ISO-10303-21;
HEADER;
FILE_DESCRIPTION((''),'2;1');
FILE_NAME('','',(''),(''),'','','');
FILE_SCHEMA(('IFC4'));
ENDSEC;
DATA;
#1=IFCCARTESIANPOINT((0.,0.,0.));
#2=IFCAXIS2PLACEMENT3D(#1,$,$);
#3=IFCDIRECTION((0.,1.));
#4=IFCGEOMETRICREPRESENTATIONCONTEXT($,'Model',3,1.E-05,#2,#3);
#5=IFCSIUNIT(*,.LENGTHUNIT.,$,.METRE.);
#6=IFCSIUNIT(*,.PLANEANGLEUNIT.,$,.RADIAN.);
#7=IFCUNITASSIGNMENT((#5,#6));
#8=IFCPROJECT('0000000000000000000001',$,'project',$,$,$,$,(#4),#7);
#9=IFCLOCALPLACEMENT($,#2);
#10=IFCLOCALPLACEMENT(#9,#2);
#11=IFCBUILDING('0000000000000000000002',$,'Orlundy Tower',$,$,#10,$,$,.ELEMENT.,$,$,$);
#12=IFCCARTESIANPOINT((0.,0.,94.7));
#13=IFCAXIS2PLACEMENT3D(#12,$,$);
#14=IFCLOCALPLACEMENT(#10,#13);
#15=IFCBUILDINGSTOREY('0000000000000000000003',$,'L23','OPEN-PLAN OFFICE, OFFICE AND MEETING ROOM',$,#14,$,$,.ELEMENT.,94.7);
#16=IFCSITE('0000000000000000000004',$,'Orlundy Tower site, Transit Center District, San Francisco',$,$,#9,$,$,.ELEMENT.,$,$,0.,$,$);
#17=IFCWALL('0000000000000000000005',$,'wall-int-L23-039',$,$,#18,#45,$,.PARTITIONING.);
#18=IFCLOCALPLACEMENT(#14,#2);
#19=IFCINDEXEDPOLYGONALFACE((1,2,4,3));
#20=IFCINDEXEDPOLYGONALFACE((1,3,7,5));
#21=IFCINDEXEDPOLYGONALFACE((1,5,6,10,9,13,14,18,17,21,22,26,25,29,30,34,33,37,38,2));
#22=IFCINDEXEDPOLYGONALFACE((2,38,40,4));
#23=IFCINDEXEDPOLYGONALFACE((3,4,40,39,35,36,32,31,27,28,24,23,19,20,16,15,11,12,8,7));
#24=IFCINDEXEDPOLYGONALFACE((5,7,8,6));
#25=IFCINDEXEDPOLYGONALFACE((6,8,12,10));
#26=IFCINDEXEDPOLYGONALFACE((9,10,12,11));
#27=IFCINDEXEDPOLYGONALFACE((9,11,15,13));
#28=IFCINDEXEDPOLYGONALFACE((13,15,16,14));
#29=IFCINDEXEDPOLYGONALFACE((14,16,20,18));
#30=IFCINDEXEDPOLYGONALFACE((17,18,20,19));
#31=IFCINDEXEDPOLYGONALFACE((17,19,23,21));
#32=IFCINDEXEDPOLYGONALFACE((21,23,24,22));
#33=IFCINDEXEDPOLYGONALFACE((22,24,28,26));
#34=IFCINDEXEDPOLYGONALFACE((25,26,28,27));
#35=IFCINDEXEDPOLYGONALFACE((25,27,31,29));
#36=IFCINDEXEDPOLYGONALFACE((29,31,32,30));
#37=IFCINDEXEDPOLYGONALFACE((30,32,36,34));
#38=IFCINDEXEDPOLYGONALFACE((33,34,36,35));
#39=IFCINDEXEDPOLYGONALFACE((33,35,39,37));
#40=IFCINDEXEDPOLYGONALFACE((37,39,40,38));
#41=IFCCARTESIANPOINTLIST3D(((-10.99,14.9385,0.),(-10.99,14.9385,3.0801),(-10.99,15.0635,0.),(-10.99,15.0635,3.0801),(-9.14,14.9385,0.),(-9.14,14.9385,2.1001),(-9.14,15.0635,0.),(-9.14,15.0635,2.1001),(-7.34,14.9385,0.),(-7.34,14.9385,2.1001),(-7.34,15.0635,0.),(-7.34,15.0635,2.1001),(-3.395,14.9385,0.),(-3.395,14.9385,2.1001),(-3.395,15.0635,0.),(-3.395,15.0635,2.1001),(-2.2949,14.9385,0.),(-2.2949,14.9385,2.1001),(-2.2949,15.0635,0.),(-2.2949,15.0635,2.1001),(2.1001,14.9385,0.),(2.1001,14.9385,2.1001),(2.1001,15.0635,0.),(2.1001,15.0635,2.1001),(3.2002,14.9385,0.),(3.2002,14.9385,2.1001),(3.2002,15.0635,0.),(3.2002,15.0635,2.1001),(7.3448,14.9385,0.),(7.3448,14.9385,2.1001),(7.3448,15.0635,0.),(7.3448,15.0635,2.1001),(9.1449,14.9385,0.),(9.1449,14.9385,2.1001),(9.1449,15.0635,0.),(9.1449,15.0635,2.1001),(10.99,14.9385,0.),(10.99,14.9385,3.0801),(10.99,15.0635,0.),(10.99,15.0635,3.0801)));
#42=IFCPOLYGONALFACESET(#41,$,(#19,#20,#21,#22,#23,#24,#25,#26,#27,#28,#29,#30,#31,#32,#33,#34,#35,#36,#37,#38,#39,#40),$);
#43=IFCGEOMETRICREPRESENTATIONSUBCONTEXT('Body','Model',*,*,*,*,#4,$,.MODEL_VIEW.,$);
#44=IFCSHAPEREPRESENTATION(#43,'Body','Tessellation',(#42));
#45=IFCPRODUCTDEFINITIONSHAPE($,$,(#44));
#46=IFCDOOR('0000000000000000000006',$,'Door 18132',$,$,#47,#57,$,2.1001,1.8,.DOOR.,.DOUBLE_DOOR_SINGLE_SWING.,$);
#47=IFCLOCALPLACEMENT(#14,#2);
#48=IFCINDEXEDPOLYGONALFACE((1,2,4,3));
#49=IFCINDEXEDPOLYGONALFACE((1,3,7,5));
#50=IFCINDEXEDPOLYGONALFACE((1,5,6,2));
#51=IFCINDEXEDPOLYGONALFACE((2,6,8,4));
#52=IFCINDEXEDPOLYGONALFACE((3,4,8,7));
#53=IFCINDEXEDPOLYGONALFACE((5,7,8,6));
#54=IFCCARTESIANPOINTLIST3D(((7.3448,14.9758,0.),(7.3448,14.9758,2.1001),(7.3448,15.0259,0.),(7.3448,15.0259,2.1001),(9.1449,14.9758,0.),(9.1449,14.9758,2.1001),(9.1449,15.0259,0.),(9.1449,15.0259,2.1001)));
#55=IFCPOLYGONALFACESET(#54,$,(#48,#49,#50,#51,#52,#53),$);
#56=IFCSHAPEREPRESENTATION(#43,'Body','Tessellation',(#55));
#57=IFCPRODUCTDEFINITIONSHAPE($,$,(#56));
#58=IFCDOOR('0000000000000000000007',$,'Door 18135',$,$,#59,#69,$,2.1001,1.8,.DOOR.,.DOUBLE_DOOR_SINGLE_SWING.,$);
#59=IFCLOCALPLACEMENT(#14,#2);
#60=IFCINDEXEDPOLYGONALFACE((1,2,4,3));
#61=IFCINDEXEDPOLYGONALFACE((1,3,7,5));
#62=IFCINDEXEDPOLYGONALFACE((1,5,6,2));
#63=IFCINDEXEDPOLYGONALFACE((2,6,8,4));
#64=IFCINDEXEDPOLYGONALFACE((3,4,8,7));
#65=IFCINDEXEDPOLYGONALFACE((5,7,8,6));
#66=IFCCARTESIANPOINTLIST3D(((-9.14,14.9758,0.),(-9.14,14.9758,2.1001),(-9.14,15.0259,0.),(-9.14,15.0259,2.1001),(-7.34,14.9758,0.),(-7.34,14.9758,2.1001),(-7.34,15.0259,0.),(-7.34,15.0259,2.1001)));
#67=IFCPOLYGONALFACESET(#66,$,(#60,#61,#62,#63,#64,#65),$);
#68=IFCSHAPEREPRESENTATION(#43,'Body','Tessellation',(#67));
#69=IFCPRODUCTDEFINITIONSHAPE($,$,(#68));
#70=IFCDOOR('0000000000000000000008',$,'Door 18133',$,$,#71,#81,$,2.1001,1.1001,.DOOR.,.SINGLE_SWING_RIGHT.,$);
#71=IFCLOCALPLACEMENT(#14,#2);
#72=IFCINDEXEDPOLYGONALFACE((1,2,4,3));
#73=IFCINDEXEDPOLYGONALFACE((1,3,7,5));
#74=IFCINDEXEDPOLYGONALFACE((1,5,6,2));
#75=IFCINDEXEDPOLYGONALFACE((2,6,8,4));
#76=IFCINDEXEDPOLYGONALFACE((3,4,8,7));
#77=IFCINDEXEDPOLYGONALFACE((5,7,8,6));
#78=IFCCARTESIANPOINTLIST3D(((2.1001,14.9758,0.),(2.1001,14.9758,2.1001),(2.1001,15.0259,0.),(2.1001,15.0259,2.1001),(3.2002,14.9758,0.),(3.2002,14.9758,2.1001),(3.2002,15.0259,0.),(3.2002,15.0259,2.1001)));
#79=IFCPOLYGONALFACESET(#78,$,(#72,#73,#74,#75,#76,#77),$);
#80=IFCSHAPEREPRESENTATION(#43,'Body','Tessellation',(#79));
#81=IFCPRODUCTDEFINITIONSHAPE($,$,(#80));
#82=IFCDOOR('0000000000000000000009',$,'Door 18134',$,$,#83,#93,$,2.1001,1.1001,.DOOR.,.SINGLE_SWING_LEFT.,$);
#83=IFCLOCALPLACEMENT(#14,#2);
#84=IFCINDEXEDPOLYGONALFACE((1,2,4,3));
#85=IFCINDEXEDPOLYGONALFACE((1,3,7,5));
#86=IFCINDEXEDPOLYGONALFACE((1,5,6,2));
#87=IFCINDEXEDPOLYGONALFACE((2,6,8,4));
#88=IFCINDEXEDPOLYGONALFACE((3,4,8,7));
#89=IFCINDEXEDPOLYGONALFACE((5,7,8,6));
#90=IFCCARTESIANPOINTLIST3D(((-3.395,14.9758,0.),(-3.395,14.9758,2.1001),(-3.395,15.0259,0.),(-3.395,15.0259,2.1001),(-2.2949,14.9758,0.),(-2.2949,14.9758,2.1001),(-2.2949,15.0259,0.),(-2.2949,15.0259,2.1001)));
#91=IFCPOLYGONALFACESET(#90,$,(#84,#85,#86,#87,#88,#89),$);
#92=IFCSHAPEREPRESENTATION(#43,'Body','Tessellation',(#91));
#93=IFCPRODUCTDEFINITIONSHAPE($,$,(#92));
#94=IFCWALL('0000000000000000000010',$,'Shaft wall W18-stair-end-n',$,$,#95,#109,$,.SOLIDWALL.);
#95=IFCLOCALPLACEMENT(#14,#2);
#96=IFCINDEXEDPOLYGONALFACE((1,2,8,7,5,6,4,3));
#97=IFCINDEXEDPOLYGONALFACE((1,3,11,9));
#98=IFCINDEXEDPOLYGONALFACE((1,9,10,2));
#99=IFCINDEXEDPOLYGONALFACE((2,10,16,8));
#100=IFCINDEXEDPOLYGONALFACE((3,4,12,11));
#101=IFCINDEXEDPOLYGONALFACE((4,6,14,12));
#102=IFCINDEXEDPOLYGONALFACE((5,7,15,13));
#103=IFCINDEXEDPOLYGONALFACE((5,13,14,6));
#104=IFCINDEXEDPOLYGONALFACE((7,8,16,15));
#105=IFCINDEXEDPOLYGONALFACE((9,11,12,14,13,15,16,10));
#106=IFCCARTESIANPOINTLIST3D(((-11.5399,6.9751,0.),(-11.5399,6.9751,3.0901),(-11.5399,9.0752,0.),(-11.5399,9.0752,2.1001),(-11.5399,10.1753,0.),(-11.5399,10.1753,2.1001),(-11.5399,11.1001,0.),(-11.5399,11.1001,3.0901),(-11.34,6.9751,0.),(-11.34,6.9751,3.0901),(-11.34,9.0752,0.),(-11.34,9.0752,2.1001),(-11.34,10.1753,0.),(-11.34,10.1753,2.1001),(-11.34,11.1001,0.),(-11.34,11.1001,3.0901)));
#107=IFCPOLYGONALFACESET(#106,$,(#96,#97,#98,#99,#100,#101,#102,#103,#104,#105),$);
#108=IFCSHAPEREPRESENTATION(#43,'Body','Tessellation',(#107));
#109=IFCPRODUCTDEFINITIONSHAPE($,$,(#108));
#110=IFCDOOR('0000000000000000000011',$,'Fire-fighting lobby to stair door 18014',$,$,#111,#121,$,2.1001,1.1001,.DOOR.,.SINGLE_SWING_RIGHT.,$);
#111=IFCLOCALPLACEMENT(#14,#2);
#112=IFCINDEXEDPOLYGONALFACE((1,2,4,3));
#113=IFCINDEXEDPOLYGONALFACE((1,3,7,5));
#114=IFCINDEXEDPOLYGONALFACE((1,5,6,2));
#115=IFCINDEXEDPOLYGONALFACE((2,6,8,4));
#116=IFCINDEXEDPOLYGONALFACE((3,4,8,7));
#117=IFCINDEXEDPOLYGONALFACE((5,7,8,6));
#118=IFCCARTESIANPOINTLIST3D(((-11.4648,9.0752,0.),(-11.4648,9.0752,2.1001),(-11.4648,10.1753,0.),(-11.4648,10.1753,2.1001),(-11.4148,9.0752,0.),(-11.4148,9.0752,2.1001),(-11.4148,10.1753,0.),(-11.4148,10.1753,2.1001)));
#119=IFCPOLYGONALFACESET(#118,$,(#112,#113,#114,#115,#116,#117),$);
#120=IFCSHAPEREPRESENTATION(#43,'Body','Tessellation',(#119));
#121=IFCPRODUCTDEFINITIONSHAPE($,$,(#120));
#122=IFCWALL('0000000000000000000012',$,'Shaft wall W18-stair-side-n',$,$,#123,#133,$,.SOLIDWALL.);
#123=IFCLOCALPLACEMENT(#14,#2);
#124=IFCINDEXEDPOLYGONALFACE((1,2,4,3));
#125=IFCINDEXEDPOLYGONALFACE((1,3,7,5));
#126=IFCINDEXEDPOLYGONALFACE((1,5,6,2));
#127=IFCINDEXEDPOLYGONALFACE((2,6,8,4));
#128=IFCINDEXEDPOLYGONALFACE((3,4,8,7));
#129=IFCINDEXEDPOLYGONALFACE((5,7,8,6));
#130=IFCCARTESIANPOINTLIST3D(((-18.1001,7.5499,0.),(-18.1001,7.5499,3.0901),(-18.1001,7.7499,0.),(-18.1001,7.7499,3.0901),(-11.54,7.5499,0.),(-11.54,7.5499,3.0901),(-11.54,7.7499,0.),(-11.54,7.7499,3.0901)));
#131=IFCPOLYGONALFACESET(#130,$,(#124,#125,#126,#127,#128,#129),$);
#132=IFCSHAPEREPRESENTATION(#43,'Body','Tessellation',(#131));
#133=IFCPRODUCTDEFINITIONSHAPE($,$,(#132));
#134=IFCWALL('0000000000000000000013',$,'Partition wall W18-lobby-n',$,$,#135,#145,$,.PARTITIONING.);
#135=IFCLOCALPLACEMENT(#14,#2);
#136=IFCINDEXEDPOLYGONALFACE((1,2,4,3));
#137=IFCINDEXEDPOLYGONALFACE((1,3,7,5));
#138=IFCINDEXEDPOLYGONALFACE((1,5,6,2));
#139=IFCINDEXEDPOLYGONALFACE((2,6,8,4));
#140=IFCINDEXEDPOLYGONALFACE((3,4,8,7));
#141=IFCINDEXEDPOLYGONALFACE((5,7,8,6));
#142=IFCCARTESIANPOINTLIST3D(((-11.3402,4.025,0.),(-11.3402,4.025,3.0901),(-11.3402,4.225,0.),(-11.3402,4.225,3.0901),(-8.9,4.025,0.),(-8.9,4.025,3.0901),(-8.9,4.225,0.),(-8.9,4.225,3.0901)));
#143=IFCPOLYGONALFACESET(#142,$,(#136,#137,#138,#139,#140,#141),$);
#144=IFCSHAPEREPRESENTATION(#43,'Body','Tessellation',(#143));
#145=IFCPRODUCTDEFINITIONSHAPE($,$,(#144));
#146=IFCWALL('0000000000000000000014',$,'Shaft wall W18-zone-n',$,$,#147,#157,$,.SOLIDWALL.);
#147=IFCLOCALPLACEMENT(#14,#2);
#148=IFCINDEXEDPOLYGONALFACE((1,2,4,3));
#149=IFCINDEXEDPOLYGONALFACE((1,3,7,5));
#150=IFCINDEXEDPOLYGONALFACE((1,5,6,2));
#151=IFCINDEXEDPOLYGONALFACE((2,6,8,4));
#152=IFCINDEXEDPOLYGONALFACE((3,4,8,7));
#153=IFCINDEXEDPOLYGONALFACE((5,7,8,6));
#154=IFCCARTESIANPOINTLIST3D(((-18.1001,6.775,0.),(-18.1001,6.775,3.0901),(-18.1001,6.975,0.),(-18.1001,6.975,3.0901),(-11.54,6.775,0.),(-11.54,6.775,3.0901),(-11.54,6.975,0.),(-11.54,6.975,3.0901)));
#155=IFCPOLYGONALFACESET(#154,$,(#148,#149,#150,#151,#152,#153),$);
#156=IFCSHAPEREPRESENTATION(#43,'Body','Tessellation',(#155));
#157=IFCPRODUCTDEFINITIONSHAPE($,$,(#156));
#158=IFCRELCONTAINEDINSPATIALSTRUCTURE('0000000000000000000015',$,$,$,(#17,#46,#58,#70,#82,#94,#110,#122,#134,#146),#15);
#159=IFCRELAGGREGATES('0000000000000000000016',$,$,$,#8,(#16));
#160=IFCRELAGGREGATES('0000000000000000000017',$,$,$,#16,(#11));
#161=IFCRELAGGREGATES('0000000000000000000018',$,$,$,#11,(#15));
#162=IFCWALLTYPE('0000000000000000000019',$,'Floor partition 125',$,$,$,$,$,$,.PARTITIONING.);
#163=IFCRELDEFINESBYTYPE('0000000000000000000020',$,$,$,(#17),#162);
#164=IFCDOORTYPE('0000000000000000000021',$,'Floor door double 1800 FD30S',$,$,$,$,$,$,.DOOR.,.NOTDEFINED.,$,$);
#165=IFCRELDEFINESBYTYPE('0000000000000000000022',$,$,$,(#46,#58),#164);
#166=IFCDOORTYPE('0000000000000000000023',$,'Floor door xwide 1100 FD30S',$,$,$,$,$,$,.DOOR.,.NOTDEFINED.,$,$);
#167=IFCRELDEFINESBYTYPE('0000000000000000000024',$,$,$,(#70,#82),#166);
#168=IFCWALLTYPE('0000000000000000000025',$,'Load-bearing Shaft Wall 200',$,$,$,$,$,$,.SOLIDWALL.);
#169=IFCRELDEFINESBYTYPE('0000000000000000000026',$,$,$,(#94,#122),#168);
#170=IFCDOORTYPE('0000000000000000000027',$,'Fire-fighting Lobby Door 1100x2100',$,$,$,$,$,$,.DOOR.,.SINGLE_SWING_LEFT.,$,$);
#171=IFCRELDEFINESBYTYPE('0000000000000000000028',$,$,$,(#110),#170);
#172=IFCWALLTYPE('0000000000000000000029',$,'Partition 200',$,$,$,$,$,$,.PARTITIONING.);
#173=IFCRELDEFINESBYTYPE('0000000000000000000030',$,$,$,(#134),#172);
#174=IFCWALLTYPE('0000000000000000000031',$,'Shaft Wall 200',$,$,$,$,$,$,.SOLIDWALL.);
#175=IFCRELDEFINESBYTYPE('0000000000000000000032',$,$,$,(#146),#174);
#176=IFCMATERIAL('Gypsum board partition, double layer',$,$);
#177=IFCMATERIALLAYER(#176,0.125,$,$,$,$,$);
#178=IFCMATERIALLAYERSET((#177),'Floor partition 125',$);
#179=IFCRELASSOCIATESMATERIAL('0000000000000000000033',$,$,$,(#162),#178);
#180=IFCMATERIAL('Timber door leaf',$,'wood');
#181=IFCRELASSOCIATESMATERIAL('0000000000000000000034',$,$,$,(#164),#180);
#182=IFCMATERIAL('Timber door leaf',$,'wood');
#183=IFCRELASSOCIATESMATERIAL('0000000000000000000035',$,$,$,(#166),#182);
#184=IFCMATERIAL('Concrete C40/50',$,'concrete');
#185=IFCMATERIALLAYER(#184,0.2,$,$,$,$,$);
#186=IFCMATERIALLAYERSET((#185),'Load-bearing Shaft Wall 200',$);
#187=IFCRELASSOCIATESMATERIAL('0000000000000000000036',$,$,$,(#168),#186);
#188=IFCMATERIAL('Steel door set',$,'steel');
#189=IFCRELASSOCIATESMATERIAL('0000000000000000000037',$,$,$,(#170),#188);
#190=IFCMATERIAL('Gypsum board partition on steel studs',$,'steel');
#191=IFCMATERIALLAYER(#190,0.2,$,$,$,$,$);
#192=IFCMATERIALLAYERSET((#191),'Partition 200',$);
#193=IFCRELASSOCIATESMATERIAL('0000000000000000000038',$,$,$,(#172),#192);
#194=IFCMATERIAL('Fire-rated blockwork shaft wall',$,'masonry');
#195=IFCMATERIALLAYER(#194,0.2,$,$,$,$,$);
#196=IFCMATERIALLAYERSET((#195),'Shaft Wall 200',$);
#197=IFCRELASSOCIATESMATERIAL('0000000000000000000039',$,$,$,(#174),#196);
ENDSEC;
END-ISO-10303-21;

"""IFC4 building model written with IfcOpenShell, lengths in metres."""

from ifc_helpers import new_model, si_unit, direction, frame, frame_2d, origin, place, context, subcontext, project, spatial, rectangle, extrude, material, layer, layer_set, type_object, element, fill, save


model = new_model("IFC4")

# Units and contexts
model_context = context("Model", 3, precision=1e-05, world=origin(), true_north=direction((0.0, 1.0)))
body_context = subcontext(model_context, "Body", "Model", "MODEL_VIEW")
ifc_project = project(units=[si_unit("LENGTHUNIT", "METRE"), si_unit("PLANEANGLEUNIT", "RADIAN")], contexts=[model_context])

# Site, building, storey
site_placement = place(None, origin())
site = spatial("IfcSite", under=ifc_project, at=site_placement, Name="Orlundy Tower site, Transit Center District, San Francisco", CompositionType="ELEMENT", RefElevation=0.0)
building_placement = place(site_placement, origin())
building = spatial("IfcBuilding", under=site, at=building_placement, Name="Orlundy Tower", CompositionType="ELEMENT")
storey_placement = place(building_placement, frame((0.0, 0.0, 94.7)))
storey = spatial("IfcBuildingStorey", under=building, at=storey_placement, Name="L23", Description="OPEN-PLAN OFFICE, OFFICE AND MEETING ROOM", CompositionType="ELEMENT", Elevation=94.7)

# Wall, openings, doors
ifc_material_1 = material(Name="Gypsum board partition, double layer")
ifc_layer_1 = layer(ifc_material_1, 0.125)
ifc_layer_set_1 = layer_set([ifc_layer_1], Name="Floor partition 125")
wall_type_1 = type_object("IfcWallType", Name="Floor partition 125", PredefinedType="PARTITIONING", material=ifc_layer_set_1)
wall_1_placement = place(storey_placement, frame((-10.99, 15.001, 0.0), z_axis=(0.0, 0.0, 1.0), x_axis=(1.0, 0.0, 0.0)))
wall_1 = element("IfcWall", 1, at=wall_1_placement, inside=storey, type_object=wall_type_1, Name="wall-int-L23-039", PredefinedType="PARTITIONING", context=body_context, shape_type="SweptSolid", body=[
    extrude(rectangle(XDim=21.98, YDim=0.125, at=frame_2d((10.99, 0.0))), origin(), (0.0, 0.0, 1.0), 3.0801),
])
opening_1_placement = place(wall_1_placement, frame((18.335, 0.0, 0.0)))
opening_1 = element("IfcOpeningElement", 2, at=opening_1_placement, cuts=wall_1, PredefinedType="OPENING", context=body_context, shape_type="SweptSolid", body=[
    extrude(rectangle(XDim=1.8, YDim=2.1001, at=frame_2d((0.8999, 1.05))), frame((0.0, 0.0725, 0.0), z_axis=(0.0, -1.0, 0.0), x_axis=(1.0, 0.0, 0.0)), (0.0, 0.0, 1.0), 0.145),
])
opening_2_placement = place(wall_1_placement, frame((13.0901, 0.0, 0.0)))
opening_2 = element("IfcOpeningElement", 3, at=opening_2_placement, cuts=wall_1, PredefinedType="OPENING", context=body_context, shape_type="SweptSolid", body=[
    extrude(rectangle(XDim=1.1001, YDim=2.1001, at=frame_2d((0.55, 1.05))), frame((0.0, 0.0725, 0.0), z_axis=(0.0, -1.0, 0.0), x_axis=(1.0, 0.0, 0.0)), (0.0, 0.0, 1.0), 0.145),
])
opening_3_placement = place(wall_1_placement, frame((7.595, 0.0, 0.0)))
opening_3 = element("IfcOpeningElement", 4, at=opening_3_placement, cuts=wall_1, PredefinedType="OPENING", context=body_context, shape_type="SweptSolid", body=[
    extrude(rectangle(XDim=1.1001, YDim=2.1001, at=frame_2d((0.55, 1.05))), frame((0.0, 0.0725, 0.0), z_axis=(0.0, -1.0, 0.0), x_axis=(1.0, 0.0, 0.0)), (0.0, 0.0, 1.0), 0.145),
])
opening_4_placement = place(wall_1_placement, frame((1.8501, 0.0, 0.0)))
opening_4 = element("IfcOpeningElement", 5, at=opening_4_placement, cuts=wall_1, PredefinedType="OPENING", context=body_context, shape_type="SweptSolid", body=[
    extrude(rectangle(XDim=1.8, YDim=2.1001, at=frame_2d((0.8999, 1.05))), frame((0.0, 0.0725, 0.0), z_axis=(0.0, -1.0, 0.0), x_axis=(1.0, 0.0, 0.0)), (0.0, 0.0, 1.0), 0.145),
])
ifc_material_2 = material(Name="Timber door leaf", Category="wood")
door_type_1 = type_object("IfcDoorType", Name="Floor door double 1800 FD30S", OperationType="NOTDEFINED", PredefinedType="DOOR", material=ifc_material_2)
door_1_placement = place(opening_1_placement, origin())
door_1 = element("IfcDoor", 6, at=door_1_placement, inside=storey, type_object=door_type_1, Name="Door 18132", OperationType="DOUBLE_DOOR_SINGLE_SWING", OverallHeight=2.1001, OverallWidth=1.8, PredefinedType="DOOR", context=body_context, shape_type="SweptSolid", body=[
    extrude(rectangle(XDim=1.8, YDim=2.1001, at=frame_2d((0.8999, 1.05))), frame((0.0, 0.0249, 0.0), z_axis=(0.0, -1.0, 0.0), x_axis=(1.0, 0.0, 0.0)), (0.0, 0.0, 1.0), 0.05),
])
fill(opening_1, door_1)
door_2_placement = place(opening_4_placement, origin())
door_2 = element("IfcDoor", 7, at=door_2_placement, inside=storey, type_object=door_type_1, Name="Door 18135", OperationType="DOUBLE_DOOR_SINGLE_SWING", OverallHeight=2.1001, OverallWidth=1.8, PredefinedType="DOOR", context=body_context, shape_type="SweptSolid", body=[
    extrude(rectangle(XDim=1.8, YDim=2.1001, at=frame_2d((0.8999, 1.05))), frame((0.0, 0.0249, 0.0), z_axis=(0.0, -1.0, 0.0), x_axis=(1.0, 0.0, 0.0)), (0.0, 0.0, 1.0), 0.05),
])
fill(opening_4, door_2)
ifc_material_3 = material(Name="Timber door leaf", Category="wood")
door_type_2 = type_object("IfcDoorType", Name="Floor door xwide 1100 FD30S", OperationType="NOTDEFINED", PredefinedType="DOOR", material=ifc_material_3)
door_3_placement = place(opening_2_placement, origin())
door_3 = element("IfcDoor", 8, at=door_3_placement, inside=storey, type_object=door_type_2, Name="Door 18133", OperationType="SINGLE_SWING_RIGHT", OverallHeight=2.1001, OverallWidth=1.1001, PredefinedType="DOOR", context=body_context, shape_type="SweptSolid", body=[
    extrude(rectangle(XDim=1.1001, YDim=2.1001, at=frame_2d((0.55, 1.05))), frame((0.0, 0.0249, 0.0), z_axis=(0.0, -1.0, 0.0), x_axis=(1.0, 0.0, 0.0)), (0.0, 0.0, 1.0), 0.05),
])
fill(opening_2, door_3)
door_4_placement = place(opening_3_placement, origin())
door_4 = element("IfcDoor", 9, at=door_4_placement, inside=storey, type_object=door_type_2, Name="Door 18134", OperationType="SINGLE_SWING_LEFT", OverallHeight=2.1001, OverallWidth=1.1001, PredefinedType="DOOR", context=body_context, shape_type="SweptSolid", body=[
    extrude(rectangle(XDim=1.1001, YDim=2.1001, at=frame_2d((0.55, 1.05))), frame((0.0, 0.0249, 0.0), z_axis=(0.0, -1.0, 0.0), x_axis=(1.0, 0.0, 0.0)), (0.0, 0.0, 1.0), 0.05),
])
fill(opening_3, door_4)

# Wall, opening, door
ifc_material_4 = material(Name="Concrete C40/50", Category="concrete")
ifc_layer_2 = layer(ifc_material_4, 0.2)
ifc_layer_set_2 = layer_set([ifc_layer_2], Name="Load-bearing Shaft Wall 200")
wall_type_2 = type_object("IfcWallType", Name="Load-bearing Shaft Wall 200", PredefinedType="SOLIDWALL", material=ifc_layer_set_2)
wall_2_placement = place(storey_placement, frame((-11.4399, 6.9751, 0.0), z_axis=(0.0, 0.0, 1.0), x_axis=(0.0, 1.0, 0.0)))
wall_2 = element("IfcWall", 10, at=wall_2_placement, inside=storey, type_object=wall_type_2, Name="Shaft wall W18-stair-end-n", PredefinedType="SOLIDWALL", context=body_context, shape_type="SweptSolid", body=[
    extrude(rectangle(XDim=4.125, YDim=0.2, at=frame_2d((2.0625, 0.0))), origin(), (0.0, 0.0, 1.0), 3.0901),
])
opening_5_placement = place(wall_2_placement, frame((2.1001, 0.0, 0.0)))
opening_5 = element("IfcOpeningElement", 11, at=opening_5_placement, cuts=wall_2, PredefinedType="OPENING", context=body_context, shape_type="SweptSolid", body=[
    extrude(rectangle(XDim=1.1001, YDim=2.1001, at=frame_2d((0.55, 1.05))), frame((0.0, 0.1101, 0.0), z_axis=(0.0, -1.0, 0.0), x_axis=(1.0, 0.0, 0.0)), (0.0, 0.0, 1.0), 0.2202),
])
ifc_material_5 = material(Name="Steel door set", Category="steel")
door_type_3 = type_object("IfcDoorType", Name="Fire-fighting Lobby Door 1100x2100", OperationType="SINGLE_SWING_LEFT", PredefinedType="DOOR", material=ifc_material_5)
door_5_placement = place(opening_5_placement, origin())
door_5 = element("IfcDoor", 12, at=door_5_placement, inside=storey, type_object=door_type_3, Name="Fire-fighting lobby to stair door 18014", OperationType="SINGLE_SWING_RIGHT", OverallHeight=2.1001, OverallWidth=1.1001, PredefinedType="DOOR", context=body_context, shape_type="SweptSolid", body=[
    extrude(rectangle(XDim=1.1001, YDim=2.1001, at=frame_2d((0.55, 1.05))), frame((0.0, 0.0249, 0.0), z_axis=(0.0, -1.0, 0.0), x_axis=(1.0, 0.0, 0.0)), (0.0, 0.0, 1.0), 0.05),
])
fill(opening_5, door_5)

# Walls
wall_3_placement = place(storey_placement, frame((-11.54, 7.6499, 0.0), z_axis=(0.0, 0.0, 1.0), x_axis=(-1.0, 0.0, 0.0)))
element("IfcWall", 13, at=wall_3_placement, inside=storey, type_object=wall_type_2, Name="Shaft wall W18-stair-side-n", PredefinedType="SOLIDWALL", context=body_context, shape_type="SweptSolid", body=[
    extrude(rectangle(XDim=6.5601, YDim=0.2, at=frame_2d((3.28, 0.0))), origin(), (0.0, 0.0, 1.0), 3.0901),
])
ifc_material_6 = material(Name="Gypsum board partition on steel studs", Category="steel")
ifc_layer_3 = layer(ifc_material_6, 0.2)
ifc_layer_set_3 = layer_set([ifc_layer_3], Name="Partition 200")
wall_type_3 = type_object("IfcWallType", Name="Partition 200", PredefinedType="PARTITIONING", material=ifc_layer_set_3)
wall_4_placement = place(storey_placement, frame((-8.8999, 4.125, 0.0), z_axis=(0.0, 0.0, 1.0), x_axis=(-1.0, 0.0, 0.0)))
element("IfcWall", 14, at=wall_4_placement, inside=storey, type_object=wall_type_3, Name="Partition wall W18-lobby-n", PredefinedType="PARTITIONING", context=body_context, shape_type="SweptSolid", body=[
    extrude(rectangle(XDim=2.4402, YDim=0.2, at=frame_2d((1.2202, 0.0))), origin(), (0.0, 0.0, 1.0), 3.0901),
])
ifc_material_7 = material(Name="Fire-rated blockwork shaft wall", Category="masonry")
ifc_layer_4 = layer(ifc_material_7, 0.2)
ifc_layer_set_4 = layer_set([ifc_layer_4], Name="Shaft Wall 200")
wall_type_4 = type_object("IfcWallType", Name="Shaft Wall 200", PredefinedType="SOLIDWALL", material=ifc_layer_set_4)
wall_5_placement = place(storey_placement, frame((-11.54, 6.875, 0.0), z_axis=(0.0, 0.0, 1.0), x_axis=(-1.0, 0.0, 0.0)))
element("IfcWall", 15, at=wall_5_placement, inside=storey, type_object=wall_type_4, Name="Shaft wall W18-zone-n", PredefinedType="SOLIDWALL", context=body_context, shape_type="SweptSolid", body=[
    extrude(rectangle(XDim=6.5601, YDim=0.2, at=frame_2d((3.28, 0.0))), origin(), (0.0, 0.0, 1.0), 3.0901),
])

save(model, "model.ifc")
